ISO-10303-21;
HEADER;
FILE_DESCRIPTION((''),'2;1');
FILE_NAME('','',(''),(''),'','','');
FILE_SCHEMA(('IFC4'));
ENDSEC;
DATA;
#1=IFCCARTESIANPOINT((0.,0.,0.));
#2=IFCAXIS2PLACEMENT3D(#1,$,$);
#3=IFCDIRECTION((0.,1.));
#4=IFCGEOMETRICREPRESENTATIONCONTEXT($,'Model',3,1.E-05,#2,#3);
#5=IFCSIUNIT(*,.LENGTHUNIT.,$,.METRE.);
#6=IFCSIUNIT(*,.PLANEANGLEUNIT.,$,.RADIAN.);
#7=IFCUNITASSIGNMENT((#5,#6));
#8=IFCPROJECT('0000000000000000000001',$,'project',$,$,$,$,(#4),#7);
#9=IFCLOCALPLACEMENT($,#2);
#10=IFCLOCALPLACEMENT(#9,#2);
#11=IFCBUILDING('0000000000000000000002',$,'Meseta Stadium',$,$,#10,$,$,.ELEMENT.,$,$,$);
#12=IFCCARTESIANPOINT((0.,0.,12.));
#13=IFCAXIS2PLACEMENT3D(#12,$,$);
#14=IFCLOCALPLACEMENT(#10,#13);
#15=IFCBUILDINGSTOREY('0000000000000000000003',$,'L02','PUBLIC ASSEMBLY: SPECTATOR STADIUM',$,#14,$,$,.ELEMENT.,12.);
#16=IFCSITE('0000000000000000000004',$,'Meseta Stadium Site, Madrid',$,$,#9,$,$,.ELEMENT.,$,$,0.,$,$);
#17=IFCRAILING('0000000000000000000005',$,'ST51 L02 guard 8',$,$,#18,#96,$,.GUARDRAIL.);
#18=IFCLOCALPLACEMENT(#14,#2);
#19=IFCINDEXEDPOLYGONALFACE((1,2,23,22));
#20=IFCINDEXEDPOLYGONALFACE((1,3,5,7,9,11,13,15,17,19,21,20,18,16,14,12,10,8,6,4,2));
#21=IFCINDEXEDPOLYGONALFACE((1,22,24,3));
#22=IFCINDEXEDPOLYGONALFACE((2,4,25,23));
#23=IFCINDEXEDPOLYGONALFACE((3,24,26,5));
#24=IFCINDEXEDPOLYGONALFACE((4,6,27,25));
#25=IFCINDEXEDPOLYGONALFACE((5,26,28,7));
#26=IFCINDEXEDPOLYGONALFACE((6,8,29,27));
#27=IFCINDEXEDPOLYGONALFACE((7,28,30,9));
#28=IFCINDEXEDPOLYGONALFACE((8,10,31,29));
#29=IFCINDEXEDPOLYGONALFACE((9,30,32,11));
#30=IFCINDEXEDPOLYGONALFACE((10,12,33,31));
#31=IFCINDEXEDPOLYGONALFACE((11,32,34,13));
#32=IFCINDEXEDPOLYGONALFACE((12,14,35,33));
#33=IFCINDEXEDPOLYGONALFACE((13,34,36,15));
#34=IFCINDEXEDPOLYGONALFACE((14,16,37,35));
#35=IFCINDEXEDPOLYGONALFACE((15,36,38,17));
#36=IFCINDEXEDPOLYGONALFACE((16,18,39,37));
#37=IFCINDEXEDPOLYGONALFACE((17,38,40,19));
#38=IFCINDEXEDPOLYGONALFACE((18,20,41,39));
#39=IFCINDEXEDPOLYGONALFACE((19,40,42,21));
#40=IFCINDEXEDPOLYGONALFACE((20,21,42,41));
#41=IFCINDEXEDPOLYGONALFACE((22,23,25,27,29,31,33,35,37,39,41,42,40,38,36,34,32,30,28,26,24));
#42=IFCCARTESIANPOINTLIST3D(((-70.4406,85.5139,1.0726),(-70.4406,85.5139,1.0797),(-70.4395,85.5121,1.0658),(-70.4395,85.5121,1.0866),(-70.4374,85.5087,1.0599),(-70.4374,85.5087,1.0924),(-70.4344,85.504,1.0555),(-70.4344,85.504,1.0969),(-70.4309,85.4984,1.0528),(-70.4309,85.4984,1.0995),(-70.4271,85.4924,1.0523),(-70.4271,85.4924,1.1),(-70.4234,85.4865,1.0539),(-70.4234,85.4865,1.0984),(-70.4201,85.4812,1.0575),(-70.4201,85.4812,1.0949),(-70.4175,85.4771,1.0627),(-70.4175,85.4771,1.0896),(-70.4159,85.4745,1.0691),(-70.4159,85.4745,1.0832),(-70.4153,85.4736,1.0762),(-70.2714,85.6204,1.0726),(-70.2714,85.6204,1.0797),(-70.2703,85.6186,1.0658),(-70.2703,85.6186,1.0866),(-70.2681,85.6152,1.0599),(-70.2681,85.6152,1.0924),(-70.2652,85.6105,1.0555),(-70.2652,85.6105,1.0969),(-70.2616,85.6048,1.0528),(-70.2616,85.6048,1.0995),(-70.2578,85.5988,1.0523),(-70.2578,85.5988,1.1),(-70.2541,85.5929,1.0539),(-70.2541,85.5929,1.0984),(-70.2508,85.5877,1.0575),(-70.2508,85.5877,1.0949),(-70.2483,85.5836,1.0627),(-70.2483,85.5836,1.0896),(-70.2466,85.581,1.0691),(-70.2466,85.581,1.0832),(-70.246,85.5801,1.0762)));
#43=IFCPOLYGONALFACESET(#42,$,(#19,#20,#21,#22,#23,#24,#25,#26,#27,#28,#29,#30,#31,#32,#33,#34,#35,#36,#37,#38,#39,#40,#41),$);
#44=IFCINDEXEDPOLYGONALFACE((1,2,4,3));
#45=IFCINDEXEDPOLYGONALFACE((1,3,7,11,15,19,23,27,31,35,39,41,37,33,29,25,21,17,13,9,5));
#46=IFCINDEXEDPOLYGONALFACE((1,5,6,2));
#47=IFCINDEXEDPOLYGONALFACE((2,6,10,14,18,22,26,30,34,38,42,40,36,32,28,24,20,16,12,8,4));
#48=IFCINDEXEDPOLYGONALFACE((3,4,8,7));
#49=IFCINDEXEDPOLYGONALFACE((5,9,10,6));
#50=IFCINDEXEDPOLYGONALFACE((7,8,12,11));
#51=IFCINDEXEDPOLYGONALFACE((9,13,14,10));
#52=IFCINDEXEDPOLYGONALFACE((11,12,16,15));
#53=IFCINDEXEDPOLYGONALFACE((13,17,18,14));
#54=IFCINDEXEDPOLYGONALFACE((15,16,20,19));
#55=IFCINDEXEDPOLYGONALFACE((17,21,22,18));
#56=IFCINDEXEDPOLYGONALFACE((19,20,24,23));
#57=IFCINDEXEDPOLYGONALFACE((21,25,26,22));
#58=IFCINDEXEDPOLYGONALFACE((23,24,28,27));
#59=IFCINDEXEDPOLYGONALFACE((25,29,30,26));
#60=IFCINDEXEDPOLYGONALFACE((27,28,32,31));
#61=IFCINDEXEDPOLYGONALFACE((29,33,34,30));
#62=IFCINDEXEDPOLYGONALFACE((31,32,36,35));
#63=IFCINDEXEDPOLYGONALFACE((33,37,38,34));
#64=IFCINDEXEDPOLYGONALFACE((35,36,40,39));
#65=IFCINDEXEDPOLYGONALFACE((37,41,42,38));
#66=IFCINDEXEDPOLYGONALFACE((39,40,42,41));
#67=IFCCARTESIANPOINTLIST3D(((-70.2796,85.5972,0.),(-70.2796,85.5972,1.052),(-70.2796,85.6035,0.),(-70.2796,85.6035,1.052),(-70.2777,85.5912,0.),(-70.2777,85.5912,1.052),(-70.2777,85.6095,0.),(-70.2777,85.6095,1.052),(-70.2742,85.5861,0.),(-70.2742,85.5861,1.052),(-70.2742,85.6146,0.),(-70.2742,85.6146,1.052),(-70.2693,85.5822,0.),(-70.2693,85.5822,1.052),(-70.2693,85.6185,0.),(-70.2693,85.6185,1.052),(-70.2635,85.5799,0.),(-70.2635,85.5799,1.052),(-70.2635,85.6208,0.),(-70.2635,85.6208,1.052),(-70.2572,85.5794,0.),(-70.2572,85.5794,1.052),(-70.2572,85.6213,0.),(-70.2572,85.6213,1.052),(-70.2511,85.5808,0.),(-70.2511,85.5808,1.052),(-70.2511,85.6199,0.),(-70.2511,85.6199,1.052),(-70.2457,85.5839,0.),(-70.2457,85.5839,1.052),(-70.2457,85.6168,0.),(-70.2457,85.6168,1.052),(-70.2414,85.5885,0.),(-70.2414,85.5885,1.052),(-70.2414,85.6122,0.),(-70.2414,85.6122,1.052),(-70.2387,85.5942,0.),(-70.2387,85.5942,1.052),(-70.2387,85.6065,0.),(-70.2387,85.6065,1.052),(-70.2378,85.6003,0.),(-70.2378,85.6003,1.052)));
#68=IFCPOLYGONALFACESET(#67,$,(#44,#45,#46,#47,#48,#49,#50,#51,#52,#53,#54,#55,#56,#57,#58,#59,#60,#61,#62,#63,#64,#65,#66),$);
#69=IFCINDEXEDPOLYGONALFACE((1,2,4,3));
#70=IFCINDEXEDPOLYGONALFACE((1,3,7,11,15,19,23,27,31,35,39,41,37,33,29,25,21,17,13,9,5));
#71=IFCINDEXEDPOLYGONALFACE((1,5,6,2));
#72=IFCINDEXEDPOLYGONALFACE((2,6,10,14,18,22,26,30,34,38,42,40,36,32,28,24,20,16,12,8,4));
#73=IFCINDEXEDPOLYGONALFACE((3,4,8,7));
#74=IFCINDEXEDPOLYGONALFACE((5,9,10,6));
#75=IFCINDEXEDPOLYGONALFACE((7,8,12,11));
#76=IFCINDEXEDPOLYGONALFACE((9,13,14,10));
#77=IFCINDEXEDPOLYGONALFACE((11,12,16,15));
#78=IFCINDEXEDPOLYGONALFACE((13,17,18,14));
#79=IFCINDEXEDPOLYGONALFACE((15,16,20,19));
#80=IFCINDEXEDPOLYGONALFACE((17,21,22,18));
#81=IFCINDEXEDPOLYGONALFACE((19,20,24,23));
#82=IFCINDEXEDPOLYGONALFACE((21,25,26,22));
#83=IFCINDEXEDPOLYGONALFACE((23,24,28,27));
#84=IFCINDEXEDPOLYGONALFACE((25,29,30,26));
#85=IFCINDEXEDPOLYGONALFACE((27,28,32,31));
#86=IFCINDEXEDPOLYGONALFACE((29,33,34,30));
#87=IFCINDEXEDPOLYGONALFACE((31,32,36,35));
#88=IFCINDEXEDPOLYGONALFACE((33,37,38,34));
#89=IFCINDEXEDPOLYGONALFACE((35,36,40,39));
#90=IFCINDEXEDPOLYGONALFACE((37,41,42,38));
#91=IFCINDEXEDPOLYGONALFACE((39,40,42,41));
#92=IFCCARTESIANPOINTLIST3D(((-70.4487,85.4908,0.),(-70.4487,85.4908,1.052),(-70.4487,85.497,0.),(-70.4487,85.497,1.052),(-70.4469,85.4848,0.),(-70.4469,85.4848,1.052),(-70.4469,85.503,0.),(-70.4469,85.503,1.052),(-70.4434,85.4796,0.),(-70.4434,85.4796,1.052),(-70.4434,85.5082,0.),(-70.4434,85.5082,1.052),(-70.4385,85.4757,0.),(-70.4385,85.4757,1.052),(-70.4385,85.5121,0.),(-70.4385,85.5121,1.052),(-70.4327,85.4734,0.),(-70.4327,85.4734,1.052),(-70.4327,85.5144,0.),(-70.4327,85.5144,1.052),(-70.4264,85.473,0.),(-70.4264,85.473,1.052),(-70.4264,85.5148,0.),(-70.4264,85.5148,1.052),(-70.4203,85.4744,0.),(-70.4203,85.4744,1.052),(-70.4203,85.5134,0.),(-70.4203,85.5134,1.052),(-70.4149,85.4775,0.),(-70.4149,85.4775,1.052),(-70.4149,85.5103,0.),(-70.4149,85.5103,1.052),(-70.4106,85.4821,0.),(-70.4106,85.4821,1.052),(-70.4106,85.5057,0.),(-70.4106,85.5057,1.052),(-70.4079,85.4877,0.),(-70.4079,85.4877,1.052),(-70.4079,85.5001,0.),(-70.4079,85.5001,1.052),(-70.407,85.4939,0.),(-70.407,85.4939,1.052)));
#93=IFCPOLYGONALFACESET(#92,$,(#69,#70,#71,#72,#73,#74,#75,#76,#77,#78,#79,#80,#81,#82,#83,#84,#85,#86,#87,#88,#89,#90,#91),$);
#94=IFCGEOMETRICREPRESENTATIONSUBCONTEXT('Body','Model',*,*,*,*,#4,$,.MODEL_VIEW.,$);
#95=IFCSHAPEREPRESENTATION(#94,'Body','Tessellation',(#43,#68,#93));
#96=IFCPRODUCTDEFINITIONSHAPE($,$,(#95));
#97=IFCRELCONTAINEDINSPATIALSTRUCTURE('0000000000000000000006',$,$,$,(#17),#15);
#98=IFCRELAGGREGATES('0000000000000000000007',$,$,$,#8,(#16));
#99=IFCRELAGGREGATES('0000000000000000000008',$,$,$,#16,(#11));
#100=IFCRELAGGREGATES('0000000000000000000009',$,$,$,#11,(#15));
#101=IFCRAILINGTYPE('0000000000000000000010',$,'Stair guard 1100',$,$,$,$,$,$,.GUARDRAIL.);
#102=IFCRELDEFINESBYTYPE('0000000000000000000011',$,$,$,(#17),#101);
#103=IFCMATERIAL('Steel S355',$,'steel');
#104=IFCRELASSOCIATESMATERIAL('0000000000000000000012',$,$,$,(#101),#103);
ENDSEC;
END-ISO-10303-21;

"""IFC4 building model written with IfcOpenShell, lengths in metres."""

from ifc_helpers import new_model, si_unit, direction, frame, origin, origin_2d, place, context, subcontext, project, spatial, circle, extrude, material, type_object, element, save


model = new_model("IFC4")

# Units and contexts
model_context = context("Model", 3, precision=1e-05, world=origin(), true_north=direction((0.0, 1.0)))
body_context = subcontext(model_context, "Body", "Model", "MODEL_VIEW")
ifc_project = project(units=[si_unit("LENGTHUNIT", "METRE"), si_unit("PLANEANGLEUNIT", "RADIAN")], contexts=[model_context])

# Site, building, storey
site_placement = place(None, origin())
site = spatial("IfcSite", under=ifc_project, at=site_placement, Name="Meseta Stadium Site, Madrid", CompositionType="ELEMENT", RefElevation=0.0)
building_placement = place(site_placement, origin())
building = spatial("IfcBuilding", under=site, at=building_placement, Name="Meseta Stadium", CompositionType="ELEMENT")
storey_placement = place(building_placement, frame((0.0, 0.0, 12.0)))
storey = spatial("IfcBuildingStorey", under=building, at=storey_placement, Name="L02", Description="PUBLIC ASSEMBLY: SPECTATOR STADIUM", CompositionType="ELEMENT", Elevation=12.0)

# Railing
ifc_material_1 = material(Name="Steel S355", Category="steel")
railing_type_1 = type_object("IfcRailingType", Name="Stair guard 1100", PredefinedType="GUARDRAIL", material=ifc_material_1)
railing_1_placement = place(storey_placement, frame((-70.2588, 85.6003, 0.0)))
element("IfcRailing", 1, at=railing_1_placement, inside=storey, type_object=railing_type_1, Name="ST51 L02 guard 8", PredefinedType="GUARDRAIL", context=body_context, shape_type="SweptSolid", body=[
    extrude(circle(Radius=0.0239, at=origin_2d()), frame((0.0, 0.0, 1.0762), z_axis=(-0.846416, -0.532522, 0.0), x_axis=(0.532522, -0.846416, 0.0)), (0.0, 0.0, 1.0), 0.2),
    extrude(circle(Radius=0.021, at=origin_2d()), origin(), (0.0, 0.0, 1.0), 1.052),
    extrude(circle(Radius=0.021, at=origin_2d()), frame((-0.1692, -0.1064, 0.0)), (0.0, 0.0, 1.0), 1.052),
])

save(model, "model.ifc")
